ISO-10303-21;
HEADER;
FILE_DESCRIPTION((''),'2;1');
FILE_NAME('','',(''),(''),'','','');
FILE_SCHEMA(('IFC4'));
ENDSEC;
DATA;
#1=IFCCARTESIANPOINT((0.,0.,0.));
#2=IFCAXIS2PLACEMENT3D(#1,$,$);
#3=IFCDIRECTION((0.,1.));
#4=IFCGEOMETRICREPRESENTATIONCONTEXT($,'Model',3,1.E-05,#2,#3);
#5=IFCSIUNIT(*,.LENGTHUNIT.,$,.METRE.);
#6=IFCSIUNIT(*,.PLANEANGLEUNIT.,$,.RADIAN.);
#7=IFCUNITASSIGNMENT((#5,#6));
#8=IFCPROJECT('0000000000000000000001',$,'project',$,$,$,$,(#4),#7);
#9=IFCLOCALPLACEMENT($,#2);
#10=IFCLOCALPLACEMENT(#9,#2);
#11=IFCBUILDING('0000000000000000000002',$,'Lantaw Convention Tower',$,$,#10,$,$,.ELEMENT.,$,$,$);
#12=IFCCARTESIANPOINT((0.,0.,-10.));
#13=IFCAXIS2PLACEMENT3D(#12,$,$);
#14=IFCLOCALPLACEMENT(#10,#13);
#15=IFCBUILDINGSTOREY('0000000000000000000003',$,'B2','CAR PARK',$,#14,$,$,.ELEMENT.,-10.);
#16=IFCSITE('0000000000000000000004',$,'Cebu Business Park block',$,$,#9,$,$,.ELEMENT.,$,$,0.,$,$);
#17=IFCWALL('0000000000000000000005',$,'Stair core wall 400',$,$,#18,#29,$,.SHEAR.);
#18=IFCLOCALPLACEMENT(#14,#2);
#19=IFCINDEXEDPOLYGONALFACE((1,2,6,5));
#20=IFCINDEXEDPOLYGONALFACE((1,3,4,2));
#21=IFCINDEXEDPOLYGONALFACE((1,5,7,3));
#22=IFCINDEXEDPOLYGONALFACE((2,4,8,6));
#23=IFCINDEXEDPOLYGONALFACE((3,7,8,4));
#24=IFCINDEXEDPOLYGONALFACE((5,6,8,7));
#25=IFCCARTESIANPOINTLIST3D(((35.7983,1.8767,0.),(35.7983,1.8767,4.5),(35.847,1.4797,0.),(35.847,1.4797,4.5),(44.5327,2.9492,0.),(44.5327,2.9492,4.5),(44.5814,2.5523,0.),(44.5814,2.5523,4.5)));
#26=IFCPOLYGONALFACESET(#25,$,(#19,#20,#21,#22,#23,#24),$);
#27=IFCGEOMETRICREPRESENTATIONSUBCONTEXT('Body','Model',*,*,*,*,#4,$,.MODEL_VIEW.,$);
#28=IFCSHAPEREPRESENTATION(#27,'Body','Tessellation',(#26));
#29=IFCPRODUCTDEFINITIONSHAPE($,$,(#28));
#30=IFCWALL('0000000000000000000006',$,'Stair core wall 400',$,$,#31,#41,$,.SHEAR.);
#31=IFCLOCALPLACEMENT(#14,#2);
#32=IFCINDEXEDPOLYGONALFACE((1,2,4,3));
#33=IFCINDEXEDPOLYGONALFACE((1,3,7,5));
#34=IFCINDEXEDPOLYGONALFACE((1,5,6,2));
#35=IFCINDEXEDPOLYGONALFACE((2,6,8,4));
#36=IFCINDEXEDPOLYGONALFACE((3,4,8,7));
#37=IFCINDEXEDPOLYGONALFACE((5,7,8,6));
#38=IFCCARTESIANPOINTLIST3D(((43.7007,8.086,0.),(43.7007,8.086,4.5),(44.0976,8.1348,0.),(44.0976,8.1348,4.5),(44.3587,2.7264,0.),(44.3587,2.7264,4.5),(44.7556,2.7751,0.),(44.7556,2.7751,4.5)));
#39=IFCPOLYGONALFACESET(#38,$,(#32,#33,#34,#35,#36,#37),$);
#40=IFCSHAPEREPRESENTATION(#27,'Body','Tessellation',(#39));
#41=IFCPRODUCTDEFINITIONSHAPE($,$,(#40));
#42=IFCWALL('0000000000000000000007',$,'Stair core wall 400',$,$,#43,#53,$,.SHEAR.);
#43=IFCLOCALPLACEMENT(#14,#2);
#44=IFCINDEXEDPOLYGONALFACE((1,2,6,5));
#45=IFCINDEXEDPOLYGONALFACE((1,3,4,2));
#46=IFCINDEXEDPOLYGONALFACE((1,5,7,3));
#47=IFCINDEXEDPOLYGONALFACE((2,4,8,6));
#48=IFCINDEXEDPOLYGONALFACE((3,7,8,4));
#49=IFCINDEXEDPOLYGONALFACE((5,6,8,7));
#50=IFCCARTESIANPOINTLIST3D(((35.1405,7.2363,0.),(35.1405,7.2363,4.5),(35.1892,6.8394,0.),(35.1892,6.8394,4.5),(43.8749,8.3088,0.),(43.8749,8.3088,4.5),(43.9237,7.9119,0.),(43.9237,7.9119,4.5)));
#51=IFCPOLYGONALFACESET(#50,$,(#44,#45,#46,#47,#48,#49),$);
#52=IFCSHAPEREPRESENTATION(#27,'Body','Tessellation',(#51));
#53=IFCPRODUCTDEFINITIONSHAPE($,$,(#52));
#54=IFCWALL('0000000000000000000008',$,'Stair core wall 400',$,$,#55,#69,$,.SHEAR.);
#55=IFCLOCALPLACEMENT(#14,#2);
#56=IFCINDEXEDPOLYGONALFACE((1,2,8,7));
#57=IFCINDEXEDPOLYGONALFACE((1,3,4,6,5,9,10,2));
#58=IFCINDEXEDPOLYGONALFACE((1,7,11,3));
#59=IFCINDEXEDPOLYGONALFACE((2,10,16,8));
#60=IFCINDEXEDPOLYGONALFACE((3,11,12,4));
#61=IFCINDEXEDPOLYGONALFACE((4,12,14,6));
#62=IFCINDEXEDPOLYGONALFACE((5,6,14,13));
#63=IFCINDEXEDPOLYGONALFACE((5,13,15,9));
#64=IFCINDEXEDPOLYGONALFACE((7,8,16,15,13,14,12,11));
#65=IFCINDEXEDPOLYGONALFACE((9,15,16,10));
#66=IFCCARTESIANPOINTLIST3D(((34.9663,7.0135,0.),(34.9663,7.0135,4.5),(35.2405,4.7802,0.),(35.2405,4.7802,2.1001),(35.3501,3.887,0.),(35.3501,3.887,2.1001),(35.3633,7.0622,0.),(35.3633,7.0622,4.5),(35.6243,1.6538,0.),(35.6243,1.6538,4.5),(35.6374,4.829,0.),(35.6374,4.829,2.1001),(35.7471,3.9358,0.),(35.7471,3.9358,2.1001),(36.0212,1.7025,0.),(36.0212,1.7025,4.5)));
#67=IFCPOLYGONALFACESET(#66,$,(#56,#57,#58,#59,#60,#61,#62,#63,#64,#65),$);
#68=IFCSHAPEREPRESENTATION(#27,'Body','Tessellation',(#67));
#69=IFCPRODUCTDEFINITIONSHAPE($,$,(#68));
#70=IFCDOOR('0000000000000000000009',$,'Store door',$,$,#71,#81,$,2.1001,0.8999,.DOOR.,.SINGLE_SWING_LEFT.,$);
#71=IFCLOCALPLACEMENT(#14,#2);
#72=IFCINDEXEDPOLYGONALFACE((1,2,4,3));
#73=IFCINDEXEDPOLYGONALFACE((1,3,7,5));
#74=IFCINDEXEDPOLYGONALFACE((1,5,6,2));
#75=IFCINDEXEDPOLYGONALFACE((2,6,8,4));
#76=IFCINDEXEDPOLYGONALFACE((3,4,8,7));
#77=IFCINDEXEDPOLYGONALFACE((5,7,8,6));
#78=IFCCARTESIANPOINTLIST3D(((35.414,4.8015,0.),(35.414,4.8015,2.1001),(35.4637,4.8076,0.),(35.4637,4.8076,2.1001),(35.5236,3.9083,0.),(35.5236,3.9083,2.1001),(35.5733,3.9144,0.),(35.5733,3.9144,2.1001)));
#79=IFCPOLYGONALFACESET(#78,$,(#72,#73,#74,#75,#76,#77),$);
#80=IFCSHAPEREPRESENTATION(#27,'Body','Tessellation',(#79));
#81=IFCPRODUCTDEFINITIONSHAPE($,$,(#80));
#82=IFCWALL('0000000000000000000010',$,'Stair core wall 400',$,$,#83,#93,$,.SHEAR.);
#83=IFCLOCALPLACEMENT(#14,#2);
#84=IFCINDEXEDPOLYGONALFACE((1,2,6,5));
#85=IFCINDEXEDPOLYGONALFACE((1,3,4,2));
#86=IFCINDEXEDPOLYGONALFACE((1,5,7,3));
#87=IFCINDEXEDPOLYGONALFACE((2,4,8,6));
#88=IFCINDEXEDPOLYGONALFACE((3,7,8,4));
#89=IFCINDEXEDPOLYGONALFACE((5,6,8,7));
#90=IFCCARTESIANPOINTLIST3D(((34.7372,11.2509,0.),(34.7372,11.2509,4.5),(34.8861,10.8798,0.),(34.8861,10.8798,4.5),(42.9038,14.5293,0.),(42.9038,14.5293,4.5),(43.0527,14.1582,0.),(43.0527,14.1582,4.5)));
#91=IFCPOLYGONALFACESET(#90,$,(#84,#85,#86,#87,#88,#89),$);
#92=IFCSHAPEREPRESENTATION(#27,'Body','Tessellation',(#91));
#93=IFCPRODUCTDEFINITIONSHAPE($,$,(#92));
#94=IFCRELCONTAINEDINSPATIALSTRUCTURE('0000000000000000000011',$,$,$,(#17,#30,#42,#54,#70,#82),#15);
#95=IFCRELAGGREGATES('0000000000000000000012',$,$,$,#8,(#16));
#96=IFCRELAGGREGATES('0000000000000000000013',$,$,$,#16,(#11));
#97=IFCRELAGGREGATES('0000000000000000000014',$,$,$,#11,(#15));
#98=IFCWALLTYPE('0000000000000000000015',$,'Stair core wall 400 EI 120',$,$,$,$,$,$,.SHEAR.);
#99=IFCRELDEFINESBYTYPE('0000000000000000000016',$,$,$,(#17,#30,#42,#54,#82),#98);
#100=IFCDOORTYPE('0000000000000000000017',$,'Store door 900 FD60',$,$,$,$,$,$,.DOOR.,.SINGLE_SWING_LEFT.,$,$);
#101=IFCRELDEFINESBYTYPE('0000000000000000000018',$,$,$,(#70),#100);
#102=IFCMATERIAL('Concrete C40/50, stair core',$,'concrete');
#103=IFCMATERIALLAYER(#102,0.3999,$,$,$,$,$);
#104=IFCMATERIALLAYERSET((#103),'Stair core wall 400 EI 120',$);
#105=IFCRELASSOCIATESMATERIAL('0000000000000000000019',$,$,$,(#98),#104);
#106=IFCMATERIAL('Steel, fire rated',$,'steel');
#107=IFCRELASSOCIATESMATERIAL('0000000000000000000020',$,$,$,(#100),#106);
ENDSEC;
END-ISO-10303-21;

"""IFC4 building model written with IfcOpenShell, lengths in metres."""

from ifc_helpers import new_model, si_unit, direction, frame, frame_2d, origin, place, context, subcontext, project, spatial, rectangle, extrude, material, layer, layer_set, type_object, element, fill, save


model = new_model("IFC4")

# Units and contexts
model_context = context("Model", 3, precision=1e-05, world=origin(), true_north=direction((0.0, 1.0)))
body_context = subcontext(model_context, "Body", "Model", "MODEL_VIEW")
ifc_project = project(units=[si_unit("LENGTHUNIT", "METRE"), si_unit("PLANEANGLEUNIT", "RADIAN")], contexts=[model_context])

# Site, building, storey
site_placement = place(None, origin())
site = spatial("IfcSite", under=ifc_project, at=site_placement, Name="Cebu Business Park block", CompositionType="ELEMENT", RefElevation=0.0)
building_placement = place(site_placement, origin())
building = spatial("IfcBuilding", under=site, at=building_placement, Name="Lantaw Convention Tower", CompositionType="ELEMENT")
storey_placement = place(building_placement, frame((0.0, 0.0, -10.0)))
storey = spatial("IfcBuildingStorey", under=building, at=storey_placement, Name="B2", Description="CAR PARK", CompositionType="ELEMENT", Elevation=-10.0)

# Walls
ifc_material_1 = material(Name="Concrete C40/50, stair core", Category="concrete")
ifc_layer_1 = layer(ifc_material_1, 0.3999)
ifc_layer_set_1 = layer_set([ifc_layer_1], Name="Stair core wall 400 EI 120")
wall_type_1 = type_object("IfcWallType", Name="Stair core wall 400 EI 120", PredefinedType="SHEAR", material=ifc_layer_set_1)
wall_1_placement = place(storey_placement, frame((35.8228, 1.6782, 0.0), z_axis=(0.0, 0.0, 1.0), x_axis=(0.992545, 0.121876, 0.0)))
element("IfcWall", 1, at=wall_1_placement, inside=storey, type_object=wall_type_1, Name="Stair core wall 400", PredefinedType="SHEAR", context=body_context, shape_type="SweptSolid", body=[
    extrude(rectangle(XDim=8.8, YDim=0.3999, at=frame_2d((4.3999, 0.0))), origin(), (0.0, 0.0, 1.0), 4.5),
])
wall_2_placement = place(storey_placement, frame((44.5571, 2.7507, 0.0), z_axis=(0.0, 0.0, 1.0), x_axis=(-0.121848, 0.992549, 0.0)))
element("IfcWall", 2, at=wall_2_placement, inside=storey, type_object=wall_type_1, Name="Stair core wall 400", PredefinedType="SHEAR", context=body_context, shape_type="SweptSolid", body=[
    extrude(rectangle(XDim=5.3999, YDim=0.3999, at=frame_2d((2.7, 0.0))), origin(), (0.0, 0.0, 1.0), 4.5),
])
wall_3_placement = place(storey_placement, frame((43.8992, 8.1104, 0.0), z_axis=(0.0, 0.0, 1.0), x_axis=(-0.992545, -0.121876, 0.0)))
element("IfcWall", 3, at=wall_3_placement, inside=storey, type_object=wall_type_1, Name="Stair core wall 400", PredefinedType="SHEAR", context=body_context, shape_type="SweptSolid", body=[
    extrude(rectangle(XDim=8.8, YDim=0.3999, at=frame_2d((4.3999, 0.0))), origin(), (0.0, 0.0, 1.0), 4.5),
])

# Wall, opening, door
wall_4_placement = place(storey_placement, frame((35.1648, 7.0378, 0.0), z_axis=(0.0, 0.0, 1.0), x_axis=(0.121848, -0.992549, 0.0)))
wall_4 = element("IfcWall", 4, at=wall_4_placement, inside=storey, type_object=wall_type_1, Name="Stair core wall 400", PredefinedType="SHEAR", context=body_context, shape_type="SweptSolid", body=[
    extrude(rectangle(XDim=5.3999, YDim=0.3999, at=frame_2d((2.7, 0.0))), origin(), (0.0, 0.0, 1.0), 4.5),
])
opening_placement = place(wall_4_placement, frame((2.25, 0.0, 0.0)))
opening = element("IfcOpeningElement", 5, at=opening_placement, cuts=wall_4, PredefinedType="OPENING", context=body_context, shape_type="SweptSolid", body=[
    extrude(rectangle(XDim=0.8999, YDim=2.1001, at=frame_2d((0.45, 1.05))), frame((0.0, 0.21, 0.0), z_axis=(0.0, -1.0, 0.0), x_axis=(1.0, 0.0, 0.0)), (0.0, 0.0, 1.0), 0.4199),
])
ifc_material_2 = material(Name="Steel, fire rated", Category="steel")
door_type = type_object("IfcDoorType", Name="Store door 900 FD60", OperationType="SINGLE_SWING_LEFT", PredefinedType="DOOR", material=ifc_material_2)
door_placement = place(opening_placement, origin())
door = element("IfcDoor", 6, at=door_placement, inside=storey, type_object=door_type, Name="Store door", OperationType="SINGLE_SWING_LEFT", OverallHeight=2.1001, OverallWidth=0.8999, PredefinedType="DOOR", context=body_context, shape_type="SweptSolid", body=[
    extrude(rectangle(XDim=0.8999, YDim=2.1001, at=frame_2d((0.45, 1.05))), frame((0.0, 0.0249, 0.0), z_axis=(0.0, -1.0, 0.0), x_axis=(1.0, 0.0, 0.0)), (0.0, 0.0, 1.0), 0.05),
])
fill(opening, door)

# Wall
wall_5_placement = place(storey_placement, frame((34.8118, 11.0654, 0.0), z_axis=(0.0, 0.0, 1.0), x_axis=(0.928017, 0.372538, 0.0)))
element("IfcWall", 7, at=wall_5_placement, inside=storey, type_object=wall_type_1, Name="Stair core wall 400", PredefinedType="SHEAR", context=body_context, shape_type="SweptSolid", body=[
    extrude(rectangle(XDim=8.8, YDim=0.3999, at=frame_2d((4.3999, 0.0))), origin(), (0.0, 0.0, 1.0), 4.5),
])

save(model, "model.ifc")
